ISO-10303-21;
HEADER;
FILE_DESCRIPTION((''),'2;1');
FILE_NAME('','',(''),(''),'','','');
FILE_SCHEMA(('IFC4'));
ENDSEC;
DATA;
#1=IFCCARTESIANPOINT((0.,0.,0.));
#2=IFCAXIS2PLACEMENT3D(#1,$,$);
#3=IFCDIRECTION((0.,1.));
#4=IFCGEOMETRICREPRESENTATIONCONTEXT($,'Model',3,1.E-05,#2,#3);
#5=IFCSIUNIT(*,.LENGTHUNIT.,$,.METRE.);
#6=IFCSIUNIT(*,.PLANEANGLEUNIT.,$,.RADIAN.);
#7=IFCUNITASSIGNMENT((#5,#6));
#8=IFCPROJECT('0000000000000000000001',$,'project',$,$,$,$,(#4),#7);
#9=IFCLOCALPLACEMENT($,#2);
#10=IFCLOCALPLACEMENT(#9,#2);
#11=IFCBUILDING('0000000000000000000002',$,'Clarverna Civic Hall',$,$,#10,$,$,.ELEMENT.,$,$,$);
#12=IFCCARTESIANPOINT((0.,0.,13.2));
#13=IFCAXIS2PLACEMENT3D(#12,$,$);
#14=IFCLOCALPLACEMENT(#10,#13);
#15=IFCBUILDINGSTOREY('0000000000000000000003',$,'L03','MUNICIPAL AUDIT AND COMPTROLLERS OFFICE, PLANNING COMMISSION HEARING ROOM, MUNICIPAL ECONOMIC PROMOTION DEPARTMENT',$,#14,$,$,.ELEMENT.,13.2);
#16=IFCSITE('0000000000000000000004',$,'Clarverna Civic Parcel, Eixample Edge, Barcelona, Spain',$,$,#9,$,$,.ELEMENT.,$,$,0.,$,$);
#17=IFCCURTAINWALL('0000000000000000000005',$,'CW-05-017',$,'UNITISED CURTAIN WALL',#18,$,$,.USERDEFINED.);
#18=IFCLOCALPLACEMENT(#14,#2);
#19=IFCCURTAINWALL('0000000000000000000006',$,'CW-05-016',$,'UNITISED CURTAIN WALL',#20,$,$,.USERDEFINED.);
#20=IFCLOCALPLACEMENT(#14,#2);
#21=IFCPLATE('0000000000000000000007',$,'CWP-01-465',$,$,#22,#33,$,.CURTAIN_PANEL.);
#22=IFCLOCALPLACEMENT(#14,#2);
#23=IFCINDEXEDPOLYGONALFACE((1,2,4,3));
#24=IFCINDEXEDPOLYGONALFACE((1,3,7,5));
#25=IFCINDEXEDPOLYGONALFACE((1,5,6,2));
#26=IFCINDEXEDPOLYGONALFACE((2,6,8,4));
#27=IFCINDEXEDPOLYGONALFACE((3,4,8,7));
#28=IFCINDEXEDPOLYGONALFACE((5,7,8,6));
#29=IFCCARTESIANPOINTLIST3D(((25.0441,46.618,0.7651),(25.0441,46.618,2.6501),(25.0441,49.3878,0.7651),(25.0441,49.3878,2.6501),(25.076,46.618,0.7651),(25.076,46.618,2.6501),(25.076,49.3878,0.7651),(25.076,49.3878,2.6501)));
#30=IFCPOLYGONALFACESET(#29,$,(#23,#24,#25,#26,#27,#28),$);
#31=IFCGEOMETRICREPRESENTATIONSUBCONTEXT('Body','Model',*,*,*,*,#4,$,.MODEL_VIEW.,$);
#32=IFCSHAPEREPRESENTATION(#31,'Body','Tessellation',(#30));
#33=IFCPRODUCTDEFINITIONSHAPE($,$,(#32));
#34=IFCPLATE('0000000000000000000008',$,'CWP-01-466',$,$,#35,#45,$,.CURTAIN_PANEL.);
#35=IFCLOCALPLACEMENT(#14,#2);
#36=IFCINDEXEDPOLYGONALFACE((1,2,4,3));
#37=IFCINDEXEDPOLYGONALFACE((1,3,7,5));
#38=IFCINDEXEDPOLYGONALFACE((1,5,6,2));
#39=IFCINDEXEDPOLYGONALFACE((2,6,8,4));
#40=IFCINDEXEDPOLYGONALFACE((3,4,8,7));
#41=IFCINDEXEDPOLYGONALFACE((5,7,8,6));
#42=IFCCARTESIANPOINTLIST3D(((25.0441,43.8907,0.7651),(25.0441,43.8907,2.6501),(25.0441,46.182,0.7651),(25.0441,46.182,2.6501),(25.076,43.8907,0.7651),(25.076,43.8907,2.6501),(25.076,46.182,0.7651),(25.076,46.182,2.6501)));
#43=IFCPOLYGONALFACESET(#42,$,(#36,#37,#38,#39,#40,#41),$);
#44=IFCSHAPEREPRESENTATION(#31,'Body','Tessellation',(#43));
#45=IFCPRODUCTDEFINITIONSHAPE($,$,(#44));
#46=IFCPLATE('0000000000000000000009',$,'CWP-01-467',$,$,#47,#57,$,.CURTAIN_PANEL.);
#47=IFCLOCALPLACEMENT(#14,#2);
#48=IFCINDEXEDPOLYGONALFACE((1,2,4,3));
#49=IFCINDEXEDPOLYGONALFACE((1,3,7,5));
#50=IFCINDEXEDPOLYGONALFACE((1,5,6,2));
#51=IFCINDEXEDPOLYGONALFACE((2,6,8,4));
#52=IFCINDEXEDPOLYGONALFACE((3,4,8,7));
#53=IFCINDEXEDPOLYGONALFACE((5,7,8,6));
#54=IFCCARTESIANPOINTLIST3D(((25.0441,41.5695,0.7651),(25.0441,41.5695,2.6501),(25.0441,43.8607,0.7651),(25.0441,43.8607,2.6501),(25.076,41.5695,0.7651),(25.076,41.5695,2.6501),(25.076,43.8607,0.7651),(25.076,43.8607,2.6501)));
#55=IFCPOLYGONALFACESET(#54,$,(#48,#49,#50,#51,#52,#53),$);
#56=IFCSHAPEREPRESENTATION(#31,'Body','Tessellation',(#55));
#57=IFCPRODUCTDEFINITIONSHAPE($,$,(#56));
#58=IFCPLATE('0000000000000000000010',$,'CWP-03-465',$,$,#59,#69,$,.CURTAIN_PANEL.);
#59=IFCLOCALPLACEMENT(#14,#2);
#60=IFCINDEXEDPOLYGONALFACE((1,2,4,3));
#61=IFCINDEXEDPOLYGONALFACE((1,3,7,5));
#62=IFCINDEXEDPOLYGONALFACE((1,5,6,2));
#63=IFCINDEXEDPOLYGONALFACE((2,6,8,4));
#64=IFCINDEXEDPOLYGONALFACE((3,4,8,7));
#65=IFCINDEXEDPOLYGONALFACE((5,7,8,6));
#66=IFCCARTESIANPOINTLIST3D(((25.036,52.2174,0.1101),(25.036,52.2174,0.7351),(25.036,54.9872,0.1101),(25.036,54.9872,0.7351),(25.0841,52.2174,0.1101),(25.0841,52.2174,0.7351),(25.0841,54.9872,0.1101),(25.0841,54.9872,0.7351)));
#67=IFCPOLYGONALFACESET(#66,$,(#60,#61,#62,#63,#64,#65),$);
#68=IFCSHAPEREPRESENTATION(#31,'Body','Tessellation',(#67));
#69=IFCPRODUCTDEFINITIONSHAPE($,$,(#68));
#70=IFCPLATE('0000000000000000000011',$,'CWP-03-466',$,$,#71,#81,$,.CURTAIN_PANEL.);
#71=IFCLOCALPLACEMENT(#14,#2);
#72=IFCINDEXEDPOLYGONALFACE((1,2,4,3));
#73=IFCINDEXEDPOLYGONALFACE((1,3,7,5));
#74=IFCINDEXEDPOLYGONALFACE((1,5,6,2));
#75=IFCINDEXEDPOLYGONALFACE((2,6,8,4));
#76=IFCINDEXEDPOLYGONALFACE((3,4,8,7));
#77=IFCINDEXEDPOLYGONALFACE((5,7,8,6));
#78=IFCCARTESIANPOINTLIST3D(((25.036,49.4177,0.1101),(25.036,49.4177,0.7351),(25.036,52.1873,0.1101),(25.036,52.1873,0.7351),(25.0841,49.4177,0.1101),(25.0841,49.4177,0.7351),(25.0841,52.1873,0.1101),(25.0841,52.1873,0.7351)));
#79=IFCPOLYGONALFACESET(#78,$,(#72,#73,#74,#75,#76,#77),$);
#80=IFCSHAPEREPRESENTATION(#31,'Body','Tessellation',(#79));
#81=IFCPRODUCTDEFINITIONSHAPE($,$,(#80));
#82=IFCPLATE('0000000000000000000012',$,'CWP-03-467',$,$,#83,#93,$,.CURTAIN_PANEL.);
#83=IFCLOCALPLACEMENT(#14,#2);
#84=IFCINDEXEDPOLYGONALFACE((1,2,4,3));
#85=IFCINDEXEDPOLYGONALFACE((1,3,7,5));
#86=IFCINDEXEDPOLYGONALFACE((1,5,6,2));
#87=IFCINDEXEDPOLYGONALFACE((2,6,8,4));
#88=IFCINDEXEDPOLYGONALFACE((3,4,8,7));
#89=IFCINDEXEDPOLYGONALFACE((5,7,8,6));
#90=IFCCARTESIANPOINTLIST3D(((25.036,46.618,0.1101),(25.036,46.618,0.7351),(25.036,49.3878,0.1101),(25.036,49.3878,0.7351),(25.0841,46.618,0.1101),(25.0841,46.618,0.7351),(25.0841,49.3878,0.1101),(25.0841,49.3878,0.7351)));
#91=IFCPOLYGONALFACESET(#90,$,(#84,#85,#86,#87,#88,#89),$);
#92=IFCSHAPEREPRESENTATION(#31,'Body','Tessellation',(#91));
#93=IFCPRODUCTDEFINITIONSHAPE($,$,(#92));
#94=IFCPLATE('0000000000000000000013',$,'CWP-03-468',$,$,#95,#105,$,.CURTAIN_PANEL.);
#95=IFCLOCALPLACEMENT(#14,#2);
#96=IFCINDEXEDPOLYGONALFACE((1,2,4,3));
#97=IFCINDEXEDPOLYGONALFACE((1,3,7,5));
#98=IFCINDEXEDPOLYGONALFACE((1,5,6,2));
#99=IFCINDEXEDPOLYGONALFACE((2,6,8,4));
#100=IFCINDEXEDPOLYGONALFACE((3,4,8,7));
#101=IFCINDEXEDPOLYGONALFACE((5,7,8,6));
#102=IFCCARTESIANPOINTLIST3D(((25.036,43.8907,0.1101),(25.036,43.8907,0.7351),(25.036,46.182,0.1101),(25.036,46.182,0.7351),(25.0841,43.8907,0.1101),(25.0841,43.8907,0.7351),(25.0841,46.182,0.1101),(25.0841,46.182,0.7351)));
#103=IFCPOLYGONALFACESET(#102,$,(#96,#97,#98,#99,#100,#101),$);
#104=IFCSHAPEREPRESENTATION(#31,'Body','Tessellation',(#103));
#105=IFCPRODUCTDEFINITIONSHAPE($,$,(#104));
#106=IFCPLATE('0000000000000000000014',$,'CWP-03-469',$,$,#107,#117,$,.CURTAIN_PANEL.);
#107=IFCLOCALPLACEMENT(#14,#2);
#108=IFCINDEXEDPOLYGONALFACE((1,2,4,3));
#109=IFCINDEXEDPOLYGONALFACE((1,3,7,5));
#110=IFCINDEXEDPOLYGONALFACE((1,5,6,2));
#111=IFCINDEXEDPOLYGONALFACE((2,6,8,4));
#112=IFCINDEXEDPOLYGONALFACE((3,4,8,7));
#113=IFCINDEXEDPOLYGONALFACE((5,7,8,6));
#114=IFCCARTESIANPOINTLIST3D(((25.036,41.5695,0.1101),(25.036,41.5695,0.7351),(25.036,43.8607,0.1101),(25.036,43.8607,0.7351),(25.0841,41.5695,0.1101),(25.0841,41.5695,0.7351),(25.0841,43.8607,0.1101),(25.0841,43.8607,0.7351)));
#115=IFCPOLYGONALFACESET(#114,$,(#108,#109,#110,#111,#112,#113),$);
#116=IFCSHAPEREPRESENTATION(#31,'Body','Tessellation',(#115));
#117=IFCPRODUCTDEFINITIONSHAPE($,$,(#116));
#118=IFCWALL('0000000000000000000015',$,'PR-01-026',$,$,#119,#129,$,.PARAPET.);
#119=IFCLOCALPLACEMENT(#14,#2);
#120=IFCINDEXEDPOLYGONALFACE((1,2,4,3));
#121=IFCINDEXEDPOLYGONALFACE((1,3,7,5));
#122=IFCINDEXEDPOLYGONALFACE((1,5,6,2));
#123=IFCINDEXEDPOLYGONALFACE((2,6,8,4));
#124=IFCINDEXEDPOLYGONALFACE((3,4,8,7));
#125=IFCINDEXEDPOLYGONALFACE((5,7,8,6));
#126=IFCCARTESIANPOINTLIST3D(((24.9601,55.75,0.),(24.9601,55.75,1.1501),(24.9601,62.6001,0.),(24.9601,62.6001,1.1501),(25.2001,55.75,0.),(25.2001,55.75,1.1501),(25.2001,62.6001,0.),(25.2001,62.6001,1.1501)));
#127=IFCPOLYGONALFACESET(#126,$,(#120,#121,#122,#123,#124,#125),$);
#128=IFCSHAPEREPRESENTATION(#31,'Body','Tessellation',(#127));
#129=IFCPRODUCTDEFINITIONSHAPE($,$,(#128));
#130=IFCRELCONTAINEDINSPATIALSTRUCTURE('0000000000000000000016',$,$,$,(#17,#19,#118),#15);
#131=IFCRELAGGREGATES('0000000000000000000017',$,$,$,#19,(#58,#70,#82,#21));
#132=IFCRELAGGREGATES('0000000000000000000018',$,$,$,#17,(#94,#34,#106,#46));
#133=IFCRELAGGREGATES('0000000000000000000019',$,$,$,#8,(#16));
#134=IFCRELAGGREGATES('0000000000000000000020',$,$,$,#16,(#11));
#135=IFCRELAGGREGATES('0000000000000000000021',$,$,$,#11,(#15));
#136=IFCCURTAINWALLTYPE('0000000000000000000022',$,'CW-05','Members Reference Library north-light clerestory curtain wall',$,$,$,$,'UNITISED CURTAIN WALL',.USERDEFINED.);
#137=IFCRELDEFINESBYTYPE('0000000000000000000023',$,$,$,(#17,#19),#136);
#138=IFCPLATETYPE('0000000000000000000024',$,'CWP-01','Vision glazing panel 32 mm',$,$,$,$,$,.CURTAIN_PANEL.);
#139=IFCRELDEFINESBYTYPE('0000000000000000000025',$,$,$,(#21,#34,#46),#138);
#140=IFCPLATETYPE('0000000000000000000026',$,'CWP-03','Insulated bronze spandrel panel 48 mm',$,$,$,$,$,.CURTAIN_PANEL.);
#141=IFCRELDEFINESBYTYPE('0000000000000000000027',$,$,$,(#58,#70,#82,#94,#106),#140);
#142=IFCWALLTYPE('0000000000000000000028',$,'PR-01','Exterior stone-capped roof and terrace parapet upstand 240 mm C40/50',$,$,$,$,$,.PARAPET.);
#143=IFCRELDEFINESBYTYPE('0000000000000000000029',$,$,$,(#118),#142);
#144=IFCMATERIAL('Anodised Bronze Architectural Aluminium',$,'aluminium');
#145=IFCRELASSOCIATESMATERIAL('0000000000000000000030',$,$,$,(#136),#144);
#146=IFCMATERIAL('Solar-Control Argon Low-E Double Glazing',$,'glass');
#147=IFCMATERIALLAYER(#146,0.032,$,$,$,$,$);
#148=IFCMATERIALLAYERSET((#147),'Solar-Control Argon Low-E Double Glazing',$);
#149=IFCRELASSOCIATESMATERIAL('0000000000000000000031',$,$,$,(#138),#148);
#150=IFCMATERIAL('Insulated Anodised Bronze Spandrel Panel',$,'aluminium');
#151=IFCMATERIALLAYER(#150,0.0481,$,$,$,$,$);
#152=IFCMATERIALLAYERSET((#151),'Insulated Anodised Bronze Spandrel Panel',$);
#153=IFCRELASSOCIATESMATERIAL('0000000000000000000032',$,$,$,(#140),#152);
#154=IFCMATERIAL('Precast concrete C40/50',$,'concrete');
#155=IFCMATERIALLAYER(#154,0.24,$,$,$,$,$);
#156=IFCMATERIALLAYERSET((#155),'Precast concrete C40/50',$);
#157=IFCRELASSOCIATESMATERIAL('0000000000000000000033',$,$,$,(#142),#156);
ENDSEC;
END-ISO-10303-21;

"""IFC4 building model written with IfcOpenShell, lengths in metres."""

from ifc_helpers import new_model, si_unit, direction, frame, frame_2d, origin, place, context, subcontext, project, spatial, rectangle, extrude, material, layer, layer_set, type_object, element, aggregate, save


model = new_model("IFC4")

# Units and contexts
model_context = context("Model", 3, precision=1e-05, world=origin(), true_north=direction((0.0, 1.0)))
body_context = subcontext(model_context, "Body", "Model", "MODEL_VIEW")
ifc_project = project(units=[si_unit("LENGTHUNIT", "METRE"), si_unit("PLANEANGLEUNIT", "RADIAN")], contexts=[model_context])

# Site, building, storey
site_placement = place(None, origin())
site = spatial("IfcSite", under=ifc_project, at=site_placement, Name="Clarverna Civic Parcel, Eixample Edge, Barcelona, Spain", CompositionType="ELEMENT", RefElevation=0.0)
building_placement = place(site_placement, origin())
building = spatial("IfcBuilding", under=site, at=building_placement, Name="Clarverna Civic Hall", CompositionType="ELEMENT")
storey_placement = place(building_placement, frame((0.0, 0.0, 13.2)))
storey = spatial("IfcBuildingStorey", under=building, at=storey_placement, Name="L03", Description="MUNICIPAL AUDIT AND COMPTROLLERS OFFICE, PLANNING COMMISSION HEARING ROOM, MUNICIPAL ECONOMIC PROMOTION DEPARTMENT", CompositionType="ELEMENT", Elevation=13.2)

# Curtain walls
ifc_material_1 = material(Name="Anodised Bronze Architectural Aluminium", Category="aluminium")
curtain_wall_type = type_object("IfcCurtainWallType", Name="CW-05", Description="Members Reference Library north-light clerestory curtain wall", ElementType="UNITISED CURTAIN WALL", PredefinedType="USERDEFINED", material=ifc_material_1)
curtain_wall_1_placement = place(storey_placement, origin())
curtain_wall_1 = element("IfcCurtainWall", 1, at=curtain_wall_1_placement, inside=storey, type_object=curtain_wall_type, Name="CW-05-017", ObjectType="UNITISED CURTAIN WALL", PredefinedType="USERDEFINED")
curtain_wall_2_placement = place(storey_placement, origin())
curtain_wall_2 = element("IfcCurtainWall", 2, at=curtain_wall_2_placement, inside=storey, type_object=curtain_wall_type, Name="CW-05-016", ObjectType="UNITISED CURTAIN WALL", PredefinedType="USERDEFINED")

# Plates
ifc_material_2 = material(Name="Solar-Control Argon Low-E Double Glazing", Category="glass")
ifc_layer_1 = layer(ifc_material_2, 0.032)
ifc_layer_set_1 = layer_set([ifc_layer_1], Name="Solar-Control Argon Low-E Double Glazing")
plate_type_1 = type_object("IfcPlateType", Name="CWP-01", Description="Vision glazing panel 32 mm", PredefinedType="CURTAIN_PANEL", material=ifc_layer_set_1)
plate_1_placement = place(storey_placement, frame((25.0601, 49.3877, 0.7651), z_axis=(0.0, 0.0, 1.0), x_axis=(0.0, -1.0, 0.0)))
plate_1 = element("IfcPlate", 3, at=plate_1_placement, type_object=plate_type_1, Name="CWP-01-465", PredefinedType="CURTAIN_PANEL", context=body_context, shape_type="SweptSolid", body=[
    extrude(rectangle(XDim=2.7698, YDim=0.032, at=frame_2d((1.3848, 0.0))), origin(), (0.0, 0.0, 1.0), 1.885),
])
plate_2_placement = place(storey_placement, frame((25.0601, 46.1819, 0.7651), z_axis=(0.0, 0.0, 1.0), x_axis=(0.0, -1.0, 0.0)))
plate_2 = element("IfcPlate", 4, at=plate_2_placement, type_object=plate_type_1, Name="CWP-01-466", PredefinedType="CURTAIN_PANEL", context=body_context, shape_type="SweptSolid", body=[
    extrude(rectangle(XDim=2.2913, YDim=0.032, at=frame_2d((1.1455, 0.0))), origin(), (0.0, 0.0, 1.0), 1.885),
])
plate_3_placement = place(storey_placement, frame((25.0601, 43.8606, 0.7651), z_axis=(0.0, 0.0, 1.0), x_axis=(0.0, -1.0, 0.0)))
plate_3 = element("IfcPlate", 5, at=plate_3_placement, type_object=plate_type_1, Name="CWP-01-467", PredefinedType="CURTAIN_PANEL", context=body_context, shape_type="SweptSolid", body=[
    extrude(rectangle(XDim=2.2913, YDim=0.032, at=frame_2d((1.1455, 0.0))), origin(), (0.0, 0.0, 1.0), 1.885),
])
ifc_material_3 = material(Name="Insulated Anodised Bronze Spandrel Panel", Category="aluminium")
ifc_layer_2 = layer(ifc_material_3, 0.0481)
ifc_layer_set_2 = layer_set([ifc_layer_2], Name="Insulated Anodised Bronze Spandrel Panel")
plate_type_2 = type_object("IfcPlateType", Name="CWP-03", Description="Insulated bronze spandrel panel 48 mm", PredefinedType="CURTAIN_PANEL", material=ifc_layer_set_2)
plate_4_placement = place(storey_placement, frame((25.0601, 54.9871, 0.1101), z_axis=(0.0, 0.0, 1.0), x_axis=(0.0, -1.0, 0.0)))
plate_4 = element("IfcPlate", 6, at=plate_4_placement, type_object=plate_type_2, Name="CWP-03-465", PredefinedType="CURTAIN_PANEL", context=body_context, shape_type="SweptSolid", body=[
    extrude(rectangle(XDim=2.7698, YDim=0.0481, at=frame_2d((1.3848, 0.0))), origin(), (0.0, 0.0, 1.0), 0.625),
])
plate_5_placement = place(storey_placement, frame((25.0601, 52.1873, 0.1101), z_axis=(0.0, 0.0, 1.0), x_axis=(0.0, -1.0, 0.0)))
plate_5 = element("IfcPlate", 7, at=plate_5_placement, type_object=plate_type_2, Name="CWP-03-466", PredefinedType="CURTAIN_PANEL", context=body_context, shape_type="SweptSolid", body=[
    extrude(rectangle(XDim=2.7695, YDim=0.0481, at=frame_2d((1.3848, 0.0))), origin(), (0.0, 0.0, 1.0), 0.625),
])
plate_6_placement = place(storey_placement, frame((25.0601, 49.3877, 0.1101), z_axis=(0.0, 0.0, 1.0), x_axis=(0.0, -1.0, 0.0)))
plate_6 = element("IfcPlate", 8, at=plate_6_placement, type_object=plate_type_2, Name="CWP-03-467", PredefinedType="CURTAIN_PANEL", context=body_context, shape_type="SweptSolid", body=[
    extrude(rectangle(XDim=2.7698, YDim=0.0481, at=frame_2d((1.3848, 0.0))), origin(), (0.0, 0.0, 1.0), 0.625),
])
aggregate(curtain_wall_2, [plate_4, plate_5, plate_6, plate_1])
plate_7_placement = place(storey_placement, frame((25.0601, 46.1819, 0.1101), z_axis=(0.0, 0.0, 1.0), x_axis=(0.0, -1.0, 0.0)))
plate_7 = element("IfcPlate", 9, at=plate_7_placement, type_object=plate_type_2, Name="CWP-03-468", PredefinedType="CURTAIN_PANEL", context=body_context, shape_type="SweptSolid", body=[
    extrude(rectangle(XDim=2.2913, YDim=0.0481, at=frame_2d((1.1455, 0.0))), origin(), (0.0, 0.0, 1.0), 0.625),
])
plate_8_placement = place(storey_placement, frame((25.0601, 43.8606, 0.1101), z_axis=(0.0, 0.0, 1.0), x_axis=(0.0, -1.0, 0.0)))
plate_8 = element("IfcPlate", 10, at=plate_8_placement, type_object=plate_type_2, Name="CWP-03-469", PredefinedType="CURTAIN_PANEL", context=body_context, shape_type="SweptSolid", body=[
    extrude(rectangle(XDim=2.2913, YDim=0.0481, at=frame_2d((1.1455, 0.0))), origin(), (0.0, 0.0, 1.0), 0.625),
])
aggregate(curtain_wall_1, [plate_7, plate_2, plate_8, plate_3])

# Wall
ifc_material_4 = material(Name="Precast concrete C40/50", Category="concrete")
ifc_layer_3 = layer(ifc_material_4, 0.24)
ifc_layer_set_3 = layer_set([ifc_layer_3], Name="Precast concrete C40/50")
wall_type = type_object("IfcWallType", Name="PR-01", Description="Exterior stone-capped roof and terrace parapet upstand 240 mm C40/50", PredefinedType="PARAPET", material=ifc_layer_set_3)
wall_placement = place(storey_placement, frame((25.0801, 62.6001, 0.0), z_axis=(0.0, 0.0, 1.0), x_axis=(0.0, -1.0, 0.0)))
element("IfcWall", 11, at=wall_placement, inside=storey, type_object=wall_type, Name="PR-01-026", PredefinedType="PARAPET", context=body_context, shape_type="SweptSolid", body=[
    extrude(rectangle(XDim=6.8501, YDim=0.24, at=frame_2d((3.425, 0.0))), origin(), (0.0, 0.0, 1.0), 1.1501),
])

save(model, "model.ifc")
